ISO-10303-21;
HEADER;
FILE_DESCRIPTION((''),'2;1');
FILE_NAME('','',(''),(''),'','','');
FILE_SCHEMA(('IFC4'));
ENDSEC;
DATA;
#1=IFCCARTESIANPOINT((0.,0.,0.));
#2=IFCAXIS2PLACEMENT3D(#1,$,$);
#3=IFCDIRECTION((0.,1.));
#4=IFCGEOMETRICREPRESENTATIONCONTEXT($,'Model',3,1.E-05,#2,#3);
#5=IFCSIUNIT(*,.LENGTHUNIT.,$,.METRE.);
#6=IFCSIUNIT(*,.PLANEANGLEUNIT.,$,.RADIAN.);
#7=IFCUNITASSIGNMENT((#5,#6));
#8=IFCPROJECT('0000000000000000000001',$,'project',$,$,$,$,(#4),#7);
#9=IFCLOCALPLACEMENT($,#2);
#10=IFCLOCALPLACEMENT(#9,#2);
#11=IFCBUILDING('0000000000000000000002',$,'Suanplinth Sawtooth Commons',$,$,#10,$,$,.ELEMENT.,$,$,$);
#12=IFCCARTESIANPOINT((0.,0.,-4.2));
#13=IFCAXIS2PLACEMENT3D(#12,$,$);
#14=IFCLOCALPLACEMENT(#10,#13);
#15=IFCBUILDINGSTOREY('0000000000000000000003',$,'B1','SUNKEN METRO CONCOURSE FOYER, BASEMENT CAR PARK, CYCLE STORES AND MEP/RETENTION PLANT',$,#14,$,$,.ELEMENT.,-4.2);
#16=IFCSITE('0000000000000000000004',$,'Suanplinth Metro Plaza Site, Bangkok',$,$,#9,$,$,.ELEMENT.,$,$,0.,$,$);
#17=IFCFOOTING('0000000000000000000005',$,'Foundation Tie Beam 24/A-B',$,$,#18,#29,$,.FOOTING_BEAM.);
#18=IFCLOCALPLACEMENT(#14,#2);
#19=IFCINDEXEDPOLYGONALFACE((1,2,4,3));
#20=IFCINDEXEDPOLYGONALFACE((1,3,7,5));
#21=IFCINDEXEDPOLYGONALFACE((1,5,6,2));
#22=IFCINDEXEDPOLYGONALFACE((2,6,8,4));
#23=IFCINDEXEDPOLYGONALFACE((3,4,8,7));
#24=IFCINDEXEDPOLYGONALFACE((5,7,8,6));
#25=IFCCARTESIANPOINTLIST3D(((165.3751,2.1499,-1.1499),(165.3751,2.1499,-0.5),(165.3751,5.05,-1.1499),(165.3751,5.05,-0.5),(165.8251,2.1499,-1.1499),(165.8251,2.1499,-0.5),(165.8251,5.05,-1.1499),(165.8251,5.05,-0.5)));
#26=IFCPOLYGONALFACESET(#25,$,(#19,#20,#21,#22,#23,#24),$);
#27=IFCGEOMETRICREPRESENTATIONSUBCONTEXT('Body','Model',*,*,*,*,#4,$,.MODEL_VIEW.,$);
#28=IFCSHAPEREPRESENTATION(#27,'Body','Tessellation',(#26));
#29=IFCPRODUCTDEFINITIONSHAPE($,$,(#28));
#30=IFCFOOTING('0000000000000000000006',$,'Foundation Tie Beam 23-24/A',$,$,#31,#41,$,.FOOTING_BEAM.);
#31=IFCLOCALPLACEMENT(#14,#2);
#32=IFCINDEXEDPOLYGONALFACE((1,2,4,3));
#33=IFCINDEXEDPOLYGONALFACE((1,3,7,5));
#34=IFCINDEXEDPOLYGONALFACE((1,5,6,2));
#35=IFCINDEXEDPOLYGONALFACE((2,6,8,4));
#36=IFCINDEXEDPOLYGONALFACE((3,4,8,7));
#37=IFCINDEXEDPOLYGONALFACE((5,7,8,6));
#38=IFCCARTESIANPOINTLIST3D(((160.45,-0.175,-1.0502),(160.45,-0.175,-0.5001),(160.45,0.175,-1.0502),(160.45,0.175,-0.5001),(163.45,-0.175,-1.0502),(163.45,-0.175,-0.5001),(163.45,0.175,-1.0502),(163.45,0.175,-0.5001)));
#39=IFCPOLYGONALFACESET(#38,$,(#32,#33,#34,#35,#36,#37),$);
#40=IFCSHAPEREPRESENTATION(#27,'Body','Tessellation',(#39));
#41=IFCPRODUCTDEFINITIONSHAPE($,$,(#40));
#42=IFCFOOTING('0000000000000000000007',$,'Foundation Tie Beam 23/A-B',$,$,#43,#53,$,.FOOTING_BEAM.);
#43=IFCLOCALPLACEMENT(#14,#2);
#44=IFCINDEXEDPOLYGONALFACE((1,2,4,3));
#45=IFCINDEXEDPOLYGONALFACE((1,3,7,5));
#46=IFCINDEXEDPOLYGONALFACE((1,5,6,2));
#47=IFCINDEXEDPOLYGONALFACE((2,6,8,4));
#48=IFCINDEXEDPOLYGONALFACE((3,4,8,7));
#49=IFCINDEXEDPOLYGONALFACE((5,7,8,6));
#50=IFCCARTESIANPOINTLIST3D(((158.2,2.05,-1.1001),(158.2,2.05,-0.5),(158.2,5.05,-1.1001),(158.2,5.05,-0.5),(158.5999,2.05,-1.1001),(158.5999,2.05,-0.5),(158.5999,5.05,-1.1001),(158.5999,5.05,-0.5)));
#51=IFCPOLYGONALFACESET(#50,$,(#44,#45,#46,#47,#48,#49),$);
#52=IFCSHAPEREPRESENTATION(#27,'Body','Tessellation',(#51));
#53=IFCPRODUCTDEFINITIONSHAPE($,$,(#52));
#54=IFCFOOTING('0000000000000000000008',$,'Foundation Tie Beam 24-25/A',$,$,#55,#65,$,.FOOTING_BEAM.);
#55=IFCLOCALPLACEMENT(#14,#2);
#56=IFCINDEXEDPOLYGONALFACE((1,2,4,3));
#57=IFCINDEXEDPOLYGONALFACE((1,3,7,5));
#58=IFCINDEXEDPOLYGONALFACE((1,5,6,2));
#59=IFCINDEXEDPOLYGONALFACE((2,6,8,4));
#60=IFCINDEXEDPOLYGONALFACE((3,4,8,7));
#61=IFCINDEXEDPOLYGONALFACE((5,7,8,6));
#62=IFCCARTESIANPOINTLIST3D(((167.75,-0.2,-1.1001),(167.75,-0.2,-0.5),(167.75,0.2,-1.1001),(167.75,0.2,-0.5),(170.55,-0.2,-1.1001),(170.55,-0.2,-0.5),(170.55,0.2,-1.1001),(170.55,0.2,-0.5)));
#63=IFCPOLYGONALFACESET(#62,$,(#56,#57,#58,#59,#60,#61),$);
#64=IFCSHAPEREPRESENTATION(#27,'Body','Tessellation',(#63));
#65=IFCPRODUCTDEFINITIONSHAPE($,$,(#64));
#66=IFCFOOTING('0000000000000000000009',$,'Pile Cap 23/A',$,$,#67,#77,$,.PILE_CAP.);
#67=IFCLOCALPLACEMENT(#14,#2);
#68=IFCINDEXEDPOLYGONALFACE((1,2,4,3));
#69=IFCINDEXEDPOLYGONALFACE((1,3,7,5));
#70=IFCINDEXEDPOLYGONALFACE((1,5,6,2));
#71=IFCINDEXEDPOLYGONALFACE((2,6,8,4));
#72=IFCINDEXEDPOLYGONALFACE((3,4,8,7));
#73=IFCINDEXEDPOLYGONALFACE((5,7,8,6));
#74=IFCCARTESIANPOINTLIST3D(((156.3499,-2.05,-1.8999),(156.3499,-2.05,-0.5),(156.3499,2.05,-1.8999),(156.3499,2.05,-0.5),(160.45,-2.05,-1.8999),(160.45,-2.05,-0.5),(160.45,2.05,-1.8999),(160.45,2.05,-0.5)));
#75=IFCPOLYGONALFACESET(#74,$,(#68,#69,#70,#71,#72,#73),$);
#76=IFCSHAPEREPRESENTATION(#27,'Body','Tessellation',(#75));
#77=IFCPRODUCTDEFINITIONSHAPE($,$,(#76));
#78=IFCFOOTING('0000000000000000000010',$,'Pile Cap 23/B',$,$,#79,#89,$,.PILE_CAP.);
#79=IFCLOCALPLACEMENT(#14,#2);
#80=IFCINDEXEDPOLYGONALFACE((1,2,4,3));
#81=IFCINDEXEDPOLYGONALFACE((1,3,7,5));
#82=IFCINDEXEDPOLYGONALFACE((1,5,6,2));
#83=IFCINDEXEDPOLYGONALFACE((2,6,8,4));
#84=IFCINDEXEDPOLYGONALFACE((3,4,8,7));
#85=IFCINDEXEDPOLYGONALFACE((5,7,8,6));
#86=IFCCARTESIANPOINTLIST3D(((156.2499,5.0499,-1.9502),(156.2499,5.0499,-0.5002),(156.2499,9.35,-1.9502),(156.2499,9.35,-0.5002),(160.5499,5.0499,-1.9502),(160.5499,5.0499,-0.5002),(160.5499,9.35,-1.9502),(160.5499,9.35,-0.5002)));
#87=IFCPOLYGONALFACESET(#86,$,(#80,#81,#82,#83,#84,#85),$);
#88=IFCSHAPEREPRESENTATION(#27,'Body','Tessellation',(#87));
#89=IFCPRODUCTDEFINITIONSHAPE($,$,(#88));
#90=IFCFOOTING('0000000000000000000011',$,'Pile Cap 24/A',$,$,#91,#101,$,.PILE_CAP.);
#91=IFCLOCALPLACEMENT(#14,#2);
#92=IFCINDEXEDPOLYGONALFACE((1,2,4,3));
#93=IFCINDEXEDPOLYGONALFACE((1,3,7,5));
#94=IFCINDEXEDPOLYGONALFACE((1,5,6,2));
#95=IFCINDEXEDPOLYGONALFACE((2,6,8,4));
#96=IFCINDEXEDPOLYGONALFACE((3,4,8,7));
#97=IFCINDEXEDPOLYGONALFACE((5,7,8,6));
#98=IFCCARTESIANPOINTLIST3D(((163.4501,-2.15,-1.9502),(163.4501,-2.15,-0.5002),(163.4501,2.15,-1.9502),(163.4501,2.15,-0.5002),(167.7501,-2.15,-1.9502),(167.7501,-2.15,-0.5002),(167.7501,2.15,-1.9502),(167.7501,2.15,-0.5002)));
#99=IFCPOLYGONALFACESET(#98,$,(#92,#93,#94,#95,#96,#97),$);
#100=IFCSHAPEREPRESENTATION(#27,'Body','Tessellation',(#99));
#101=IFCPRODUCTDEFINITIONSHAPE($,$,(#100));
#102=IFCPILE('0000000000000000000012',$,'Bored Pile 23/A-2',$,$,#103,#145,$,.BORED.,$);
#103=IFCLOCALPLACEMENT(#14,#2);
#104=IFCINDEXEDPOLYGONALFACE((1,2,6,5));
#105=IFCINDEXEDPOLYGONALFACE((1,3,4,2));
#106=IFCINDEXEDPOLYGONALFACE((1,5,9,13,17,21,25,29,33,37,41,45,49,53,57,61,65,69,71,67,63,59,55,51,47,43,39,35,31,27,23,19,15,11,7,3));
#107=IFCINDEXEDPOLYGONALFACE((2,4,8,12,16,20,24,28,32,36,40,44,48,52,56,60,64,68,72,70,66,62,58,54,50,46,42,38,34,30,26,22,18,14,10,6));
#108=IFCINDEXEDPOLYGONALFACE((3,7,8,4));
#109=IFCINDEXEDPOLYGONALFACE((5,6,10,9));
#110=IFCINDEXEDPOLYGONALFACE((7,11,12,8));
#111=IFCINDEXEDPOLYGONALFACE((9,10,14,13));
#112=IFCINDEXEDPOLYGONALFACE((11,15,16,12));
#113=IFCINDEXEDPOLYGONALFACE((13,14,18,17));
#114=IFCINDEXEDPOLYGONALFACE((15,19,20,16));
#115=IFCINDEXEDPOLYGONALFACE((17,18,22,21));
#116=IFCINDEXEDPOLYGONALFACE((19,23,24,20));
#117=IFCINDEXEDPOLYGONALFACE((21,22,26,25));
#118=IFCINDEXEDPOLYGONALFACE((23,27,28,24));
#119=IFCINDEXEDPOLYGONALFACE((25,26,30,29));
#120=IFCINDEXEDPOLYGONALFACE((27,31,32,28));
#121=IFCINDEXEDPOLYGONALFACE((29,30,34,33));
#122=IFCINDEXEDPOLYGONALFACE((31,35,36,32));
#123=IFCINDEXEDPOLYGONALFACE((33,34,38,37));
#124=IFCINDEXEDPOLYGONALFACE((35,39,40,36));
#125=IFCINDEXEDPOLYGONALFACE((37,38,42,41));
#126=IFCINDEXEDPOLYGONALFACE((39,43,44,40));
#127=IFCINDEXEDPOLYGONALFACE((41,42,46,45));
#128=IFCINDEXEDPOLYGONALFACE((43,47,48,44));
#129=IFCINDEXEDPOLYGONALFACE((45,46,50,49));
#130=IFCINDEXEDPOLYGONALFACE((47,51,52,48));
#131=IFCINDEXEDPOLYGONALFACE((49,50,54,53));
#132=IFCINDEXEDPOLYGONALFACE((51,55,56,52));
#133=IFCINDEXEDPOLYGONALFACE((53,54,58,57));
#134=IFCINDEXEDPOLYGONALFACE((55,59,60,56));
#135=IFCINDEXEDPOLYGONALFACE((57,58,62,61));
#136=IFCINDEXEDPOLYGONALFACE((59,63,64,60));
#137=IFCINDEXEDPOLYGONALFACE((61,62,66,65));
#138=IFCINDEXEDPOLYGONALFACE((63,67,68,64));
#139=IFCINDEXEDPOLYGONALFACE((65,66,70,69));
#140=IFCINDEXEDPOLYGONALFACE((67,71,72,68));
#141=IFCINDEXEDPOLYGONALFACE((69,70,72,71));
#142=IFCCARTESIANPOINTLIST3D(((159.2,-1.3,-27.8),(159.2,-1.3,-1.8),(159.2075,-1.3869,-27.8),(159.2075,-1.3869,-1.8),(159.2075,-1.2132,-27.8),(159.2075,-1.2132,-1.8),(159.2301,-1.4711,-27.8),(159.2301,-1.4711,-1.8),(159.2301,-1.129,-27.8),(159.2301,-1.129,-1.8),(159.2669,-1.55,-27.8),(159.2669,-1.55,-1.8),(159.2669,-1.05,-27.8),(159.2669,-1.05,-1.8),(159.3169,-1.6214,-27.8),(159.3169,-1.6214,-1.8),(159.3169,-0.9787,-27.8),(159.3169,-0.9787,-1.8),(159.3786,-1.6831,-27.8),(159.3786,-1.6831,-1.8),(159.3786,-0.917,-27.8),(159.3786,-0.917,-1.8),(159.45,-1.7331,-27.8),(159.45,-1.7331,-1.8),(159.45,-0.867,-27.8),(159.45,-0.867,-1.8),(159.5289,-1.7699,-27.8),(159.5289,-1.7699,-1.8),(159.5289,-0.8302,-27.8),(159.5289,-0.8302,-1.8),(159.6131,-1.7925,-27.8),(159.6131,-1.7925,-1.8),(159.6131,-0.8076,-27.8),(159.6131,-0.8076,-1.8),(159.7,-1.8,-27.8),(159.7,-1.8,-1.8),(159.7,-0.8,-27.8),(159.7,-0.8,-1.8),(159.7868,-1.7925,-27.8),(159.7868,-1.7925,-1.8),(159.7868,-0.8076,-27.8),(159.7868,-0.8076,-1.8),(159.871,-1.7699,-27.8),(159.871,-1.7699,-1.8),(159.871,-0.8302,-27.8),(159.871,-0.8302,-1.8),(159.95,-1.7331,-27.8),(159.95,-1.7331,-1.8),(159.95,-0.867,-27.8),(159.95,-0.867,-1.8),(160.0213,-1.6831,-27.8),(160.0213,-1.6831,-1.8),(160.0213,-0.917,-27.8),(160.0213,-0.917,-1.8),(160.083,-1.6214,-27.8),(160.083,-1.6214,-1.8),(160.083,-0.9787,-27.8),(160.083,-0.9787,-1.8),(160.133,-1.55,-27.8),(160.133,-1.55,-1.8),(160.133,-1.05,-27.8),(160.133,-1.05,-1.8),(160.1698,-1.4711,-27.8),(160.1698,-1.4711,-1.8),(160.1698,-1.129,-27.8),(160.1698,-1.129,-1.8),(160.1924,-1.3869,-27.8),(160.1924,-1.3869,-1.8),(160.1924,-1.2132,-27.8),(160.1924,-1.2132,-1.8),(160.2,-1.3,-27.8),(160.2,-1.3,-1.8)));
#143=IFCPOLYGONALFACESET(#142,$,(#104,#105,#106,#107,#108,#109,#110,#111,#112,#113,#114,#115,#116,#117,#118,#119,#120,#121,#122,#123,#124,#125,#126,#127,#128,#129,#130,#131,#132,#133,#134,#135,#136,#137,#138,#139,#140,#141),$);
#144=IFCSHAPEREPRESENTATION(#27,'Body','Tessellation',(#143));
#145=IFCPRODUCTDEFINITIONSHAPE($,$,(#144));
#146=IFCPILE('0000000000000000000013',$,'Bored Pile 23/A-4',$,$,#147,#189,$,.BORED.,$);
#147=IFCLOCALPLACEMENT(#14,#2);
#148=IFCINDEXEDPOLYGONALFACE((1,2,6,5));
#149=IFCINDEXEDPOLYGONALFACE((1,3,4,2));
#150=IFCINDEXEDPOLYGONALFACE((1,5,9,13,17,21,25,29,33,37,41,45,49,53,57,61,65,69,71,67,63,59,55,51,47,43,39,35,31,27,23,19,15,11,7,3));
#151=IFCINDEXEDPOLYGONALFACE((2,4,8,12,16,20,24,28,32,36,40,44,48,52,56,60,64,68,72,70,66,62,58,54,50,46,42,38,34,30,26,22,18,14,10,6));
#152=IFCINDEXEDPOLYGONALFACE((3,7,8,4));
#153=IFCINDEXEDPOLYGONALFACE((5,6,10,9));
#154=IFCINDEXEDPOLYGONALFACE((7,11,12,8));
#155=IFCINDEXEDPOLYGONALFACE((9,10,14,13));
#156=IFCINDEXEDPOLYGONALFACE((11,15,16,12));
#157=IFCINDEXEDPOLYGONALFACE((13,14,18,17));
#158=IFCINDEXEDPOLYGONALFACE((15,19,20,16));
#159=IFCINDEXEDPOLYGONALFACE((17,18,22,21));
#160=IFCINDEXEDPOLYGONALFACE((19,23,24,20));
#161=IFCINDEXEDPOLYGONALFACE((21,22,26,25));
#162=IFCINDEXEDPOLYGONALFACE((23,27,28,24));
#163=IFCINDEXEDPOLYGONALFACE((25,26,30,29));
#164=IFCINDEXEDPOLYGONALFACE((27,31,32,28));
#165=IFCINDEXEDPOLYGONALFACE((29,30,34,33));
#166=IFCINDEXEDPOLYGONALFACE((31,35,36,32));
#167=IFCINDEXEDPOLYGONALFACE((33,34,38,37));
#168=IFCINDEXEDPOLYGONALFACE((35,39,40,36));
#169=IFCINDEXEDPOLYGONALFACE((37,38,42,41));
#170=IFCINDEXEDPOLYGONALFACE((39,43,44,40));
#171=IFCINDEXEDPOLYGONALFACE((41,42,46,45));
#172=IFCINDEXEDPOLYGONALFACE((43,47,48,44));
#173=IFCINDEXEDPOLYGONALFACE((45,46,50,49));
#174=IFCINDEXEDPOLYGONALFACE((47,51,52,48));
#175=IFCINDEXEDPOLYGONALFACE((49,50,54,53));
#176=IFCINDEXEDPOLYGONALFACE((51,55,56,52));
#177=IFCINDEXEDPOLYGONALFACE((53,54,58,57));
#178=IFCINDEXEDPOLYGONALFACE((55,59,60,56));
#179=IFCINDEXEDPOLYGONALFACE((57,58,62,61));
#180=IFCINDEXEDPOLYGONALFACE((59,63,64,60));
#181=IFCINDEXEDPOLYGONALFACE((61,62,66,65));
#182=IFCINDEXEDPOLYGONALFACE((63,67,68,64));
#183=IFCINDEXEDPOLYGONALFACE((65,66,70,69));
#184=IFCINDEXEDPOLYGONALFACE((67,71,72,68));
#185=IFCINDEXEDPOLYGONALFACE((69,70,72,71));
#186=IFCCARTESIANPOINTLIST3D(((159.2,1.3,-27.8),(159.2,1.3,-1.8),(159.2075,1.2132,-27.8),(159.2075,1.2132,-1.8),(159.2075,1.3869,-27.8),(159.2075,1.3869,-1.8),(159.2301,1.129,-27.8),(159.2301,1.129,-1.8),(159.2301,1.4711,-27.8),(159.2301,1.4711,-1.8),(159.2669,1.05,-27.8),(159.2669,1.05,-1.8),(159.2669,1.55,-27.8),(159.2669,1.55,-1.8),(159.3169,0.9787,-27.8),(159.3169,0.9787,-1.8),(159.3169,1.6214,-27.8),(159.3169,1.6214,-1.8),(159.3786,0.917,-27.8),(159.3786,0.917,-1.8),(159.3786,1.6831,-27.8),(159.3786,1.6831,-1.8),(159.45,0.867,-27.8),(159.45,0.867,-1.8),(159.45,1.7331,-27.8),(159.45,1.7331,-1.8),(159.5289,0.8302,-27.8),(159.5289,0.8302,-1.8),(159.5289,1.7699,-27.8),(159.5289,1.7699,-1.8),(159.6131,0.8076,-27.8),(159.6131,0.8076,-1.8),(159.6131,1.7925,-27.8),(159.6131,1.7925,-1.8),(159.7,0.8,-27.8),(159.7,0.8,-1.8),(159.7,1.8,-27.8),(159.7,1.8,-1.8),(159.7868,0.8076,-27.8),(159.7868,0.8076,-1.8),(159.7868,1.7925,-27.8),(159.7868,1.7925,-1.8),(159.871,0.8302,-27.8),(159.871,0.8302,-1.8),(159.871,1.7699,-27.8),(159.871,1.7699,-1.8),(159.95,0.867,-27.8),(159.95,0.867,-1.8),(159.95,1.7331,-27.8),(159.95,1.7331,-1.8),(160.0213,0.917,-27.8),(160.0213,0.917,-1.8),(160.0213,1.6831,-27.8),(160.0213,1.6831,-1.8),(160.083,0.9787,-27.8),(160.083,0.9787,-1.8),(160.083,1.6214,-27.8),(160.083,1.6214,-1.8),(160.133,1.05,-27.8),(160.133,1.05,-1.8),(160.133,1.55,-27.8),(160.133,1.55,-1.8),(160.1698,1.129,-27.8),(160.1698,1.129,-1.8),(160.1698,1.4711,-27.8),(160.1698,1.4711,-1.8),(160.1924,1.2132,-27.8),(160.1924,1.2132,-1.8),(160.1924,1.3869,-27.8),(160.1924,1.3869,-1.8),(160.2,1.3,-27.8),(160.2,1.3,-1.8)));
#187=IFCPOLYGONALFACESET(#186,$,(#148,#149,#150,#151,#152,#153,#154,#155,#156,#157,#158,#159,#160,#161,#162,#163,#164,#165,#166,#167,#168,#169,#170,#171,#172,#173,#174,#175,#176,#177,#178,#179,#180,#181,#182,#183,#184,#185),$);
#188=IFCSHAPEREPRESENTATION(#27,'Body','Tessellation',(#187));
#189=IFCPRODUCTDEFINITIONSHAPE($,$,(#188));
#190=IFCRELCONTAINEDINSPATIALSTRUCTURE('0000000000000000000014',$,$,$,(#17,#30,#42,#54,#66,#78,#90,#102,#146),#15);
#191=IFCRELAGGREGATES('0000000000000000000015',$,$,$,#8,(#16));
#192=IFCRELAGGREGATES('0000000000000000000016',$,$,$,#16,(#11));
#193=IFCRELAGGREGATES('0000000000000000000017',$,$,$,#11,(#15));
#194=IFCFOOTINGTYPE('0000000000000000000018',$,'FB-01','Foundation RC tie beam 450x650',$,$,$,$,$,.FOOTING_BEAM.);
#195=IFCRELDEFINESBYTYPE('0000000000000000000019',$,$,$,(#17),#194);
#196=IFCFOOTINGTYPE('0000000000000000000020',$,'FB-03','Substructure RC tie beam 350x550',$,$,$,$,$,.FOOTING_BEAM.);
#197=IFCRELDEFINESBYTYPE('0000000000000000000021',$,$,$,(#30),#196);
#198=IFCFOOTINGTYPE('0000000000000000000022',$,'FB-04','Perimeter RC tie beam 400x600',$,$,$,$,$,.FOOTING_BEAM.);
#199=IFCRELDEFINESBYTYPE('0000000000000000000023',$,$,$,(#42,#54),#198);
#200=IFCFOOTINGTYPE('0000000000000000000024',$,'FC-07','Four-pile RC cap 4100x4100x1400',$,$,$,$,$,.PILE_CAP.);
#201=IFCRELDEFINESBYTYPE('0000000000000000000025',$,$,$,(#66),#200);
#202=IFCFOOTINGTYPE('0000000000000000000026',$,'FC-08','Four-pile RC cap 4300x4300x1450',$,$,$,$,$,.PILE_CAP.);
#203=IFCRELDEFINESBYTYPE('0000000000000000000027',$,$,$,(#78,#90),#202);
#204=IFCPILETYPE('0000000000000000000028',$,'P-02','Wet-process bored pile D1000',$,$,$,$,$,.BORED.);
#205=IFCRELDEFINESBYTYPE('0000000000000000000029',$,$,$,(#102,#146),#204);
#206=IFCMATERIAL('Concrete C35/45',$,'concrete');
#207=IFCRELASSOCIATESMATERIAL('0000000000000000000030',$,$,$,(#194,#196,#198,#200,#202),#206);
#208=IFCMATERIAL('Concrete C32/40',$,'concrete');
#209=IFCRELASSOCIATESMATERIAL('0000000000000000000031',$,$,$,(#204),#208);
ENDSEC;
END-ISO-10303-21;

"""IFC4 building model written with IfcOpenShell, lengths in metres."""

from ifc_helpers import new_model, si_unit, direction, frame, origin, origin_2d, place, context, subcontext, project, spatial, rectangle, circle, extrude, material, material_profile, profile_set, type_object, element, save


model = new_model("IFC4")

# Units and contexts
model_context = context("Model", 3, precision=1e-05, world=origin(), true_north=direction((0.0, 1.0)))
body_context = subcontext(model_context, "Body", "Model", "MODEL_VIEW")
ifc_project = project(units=[si_unit("LENGTHUNIT", "METRE"), si_unit("PLANEANGLEUNIT", "RADIAN")], contexts=[model_context])

# Site, building, storey
site_placement = place(None, origin())
site = spatial("IfcSite", under=ifc_project, at=site_placement, Name="Suanplinth Metro Plaza Site, Bangkok", CompositionType="ELEMENT", RefElevation=0.0)
building_placement = place(site_placement, origin())
building = spatial("IfcBuilding", under=site, at=building_placement, Name="Suanplinth Sawtooth Commons", CompositionType="ELEMENT")
storey_placement = place(building_placement, frame((0.0, 0.0, -4.2)))
storey = spatial("IfcBuildingStorey", under=building, at=storey_placement, Name="B1", Description="SUNKEN METRO CONCOURSE FOYER, BASEMENT CAR PARK, CYCLE STORES AND MEP/RETENTION PLANT", CompositionType="ELEMENT", Elevation=-4.2)

# Footings
ifc_material_1 = material(Name="Concrete C35/45", Category="concrete")
ifc_material_profile_1 = material_profile(ifc_material_1, rectangle(XDim=0.45, YDim=0.6499, at=origin_2d()), Name="PC-GDR 450x650")
ifc_profile_set_1 = profile_set([ifc_material_profile_1], Name="Concrete C35/45")
footing_type_1 = type_object("IfcFootingType", Name="FB-01", Description="Foundation RC tie beam 450x650", PredefinedType="FOOTING_BEAM", material=ifc_profile_set_1)
footing_1_placement = place(storey_placement, frame((165.6001, 2.1499, -0.825), z_axis=(0.0, 1.0, 0.0), x_axis=(-1.0, 0.0, 0.0)))
element("IfcFooting", 1, at=footing_1_placement, inside=storey, type_object=footing_type_1, Name="Foundation Tie Beam 24/A-B", PredefinedType="FOOTING_BEAM", context=body_context, shape_type="SweptSolid", body=[
    extrude(rectangle(XDim=0.45, YDim=0.6499, at=origin_2d()), origin(), (0.0, 0.0, 1.0), 2.9001),
])
ifc_material_profile_2 = material_profile(ifc_material_1, rectangle(XDim=0.3501, YDim=0.55, at=origin_2d()), Name="PC-BM 350x550")
ifc_profile_set_2 = profile_set([ifc_material_profile_2], Name="Concrete C35/45")
footing_type_2 = type_object("IfcFootingType", Name="FB-03", Description="Substructure RC tie beam 350x550", PredefinedType="FOOTING_BEAM", material=ifc_profile_set_2)
footing_2_placement = place(storey_placement, frame((160.45, 0.0, -0.7751), z_axis=(1.0, 0.0, 0.0), x_axis=(0.0, 1.0, 0.0)))
element("IfcFooting", 2, at=footing_2_placement, inside=storey, type_object=footing_type_2, Name="Foundation Tie Beam 23-24/A", PredefinedType="FOOTING_BEAM", context=body_context, shape_type="SweptSolid", body=[
    extrude(rectangle(XDim=0.3501, YDim=0.55, at=origin_2d()), origin(), (0.0, 0.0, 1.0), 3.0),
])
ifc_material_profile_3 = material_profile(ifc_material_1, rectangle(XDim=0.3999, YDim=0.6001, at=origin_2d()), Name="PC-GDR 400x600")
ifc_profile_set_3 = profile_set([ifc_material_profile_3], Name="Concrete C35/45")
footing_type_3 = type_object("IfcFootingType", Name="FB-04", Description="Perimeter RC tie beam 400x600", PredefinedType="FOOTING_BEAM", material=ifc_profile_set_3)
footing_3_placement = place(storey_placement, frame((158.3999, 2.05, -0.8), z_axis=(0.0, 1.0, 0.0), x_axis=(-1.0, 0.0, 0.0)))
element("IfcFooting", 3, at=footing_3_placement, inside=storey, type_object=footing_type_3, Name="Foundation Tie Beam 23/A-B", PredefinedType="FOOTING_BEAM", context=body_context, shape_type="SweptSolid", body=[
    extrude(rectangle(XDim=0.3999, YDim=0.6001, at=origin_2d()), origin(), (0.0, 0.0, 1.0), 3.0),
])
footing_4_placement = place(storey_placement, frame((167.75, 0.0, -0.8), z_axis=(1.0, 0.0, 0.0), x_axis=(0.0, 1.0, 0.0)))
element("IfcFooting", 4, at=footing_4_placement, inside=storey, type_object=footing_type_3, Name="Foundation Tie Beam 24-25/A", PredefinedType="FOOTING_BEAM", context=body_context, shape_type="SweptSolid", body=[
    extrude(rectangle(XDim=0.3999, YDim=0.6001, at=origin_2d()), origin(), (0.0, 0.0, 1.0), 2.8),
])
footing_type_4 = type_object("IfcFootingType", Name="FC-07", Description="Four-pile RC cap 4100x4100x1400", PredefinedType="PILE_CAP", material=ifc_material_1)
footing_5_placement = place(storey_placement, frame((158.3999, 0.0, -1.8999), z_axis=(0.0, 0.0, 1.0), x_axis=(1.0, 0.0, 0.0)))
element("IfcFooting", 5, at=footing_5_placement, inside=storey, type_object=footing_type_4, Name="Pile Cap 23/A", PredefinedType="PILE_CAP", context=body_context, shape_type="SweptSolid", body=[
    extrude(rectangle(XDim=4.1001, YDim=4.1001, at=origin_2d()), origin(), (0.0, 0.0, 1.0), 1.3999),
])
footing_type_5 = type_object("IfcFootingType", Name="FC-08", Description="Four-pile RC cap 4300x4300x1450", PredefinedType="PILE_CAP", material=ifc_material_1)
for number, where, z_axis, x_axis, name in (
    (6, (158.3999, 7.2, -1.9502), (0.0, 0.0, 1.0), (1.0, 0.0, 0.0), "Pile Cap 23/B"),
    (7, (165.6001, 0.0, -1.9502), (0.0, 0.0, 1.0), (1.0, 0.0, 0.0), "Pile Cap 24/A"),
):
    element("IfcFooting", number, at=place(storey_placement, frame(where, z_axis=z_axis, x_axis=x_axis)), inside=storey, type_object=footing_type_5, Name=name, PredefinedType="PILE_CAP", context=body_context, shape_type="SweptSolid", body=[
        extrude(rectangle(XDim=4.3, YDim=4.3, at=origin_2d()), origin(), (0.0, 0.0, 1.0), 1.45),
    ])

# Piles
ifc_material_2 = material(Name="Concrete C32/40", Category="concrete")
ifc_material_profile_4 = material_profile(ifc_material_2, circle(Radius=0.5, at=origin_2d()), Name="PILE D1000")
ifc_profile_set_4 = profile_set([ifc_material_profile_4], Name="Concrete C32/40")
pile_type = type_object("IfcPileType", Name="P-02", Description="Wet-process bored pile D1000", PredefinedType="BORED", material=ifc_profile_set_4)
for number, where, z_axis, x_axis, name in (
    (8, (159.7, -1.3, -1.8), (0.0, 0.0, -1.0), (1.0, 0.0, 0.0), "Bored Pile 23/A-2"),
    (9, (159.7, 1.3, -1.8), (0.0, 0.0, -1.0), (1.0, 0.0, 0.0), "Bored Pile 23/A-4"),
):
    element("IfcPile", number, at=place(storey_placement, frame(where, z_axis=z_axis, x_axis=x_axis)), inside=storey, type_object=pile_type, Name=name, PredefinedType="BORED", context=body_context, shape_type="SweptSolid", body=[
        extrude(circle(Radius=0.5, at=origin_2d()), origin(), (0.0, 0.0, 1.0), 26.0),
    ])

save(model, "model.ifc")
